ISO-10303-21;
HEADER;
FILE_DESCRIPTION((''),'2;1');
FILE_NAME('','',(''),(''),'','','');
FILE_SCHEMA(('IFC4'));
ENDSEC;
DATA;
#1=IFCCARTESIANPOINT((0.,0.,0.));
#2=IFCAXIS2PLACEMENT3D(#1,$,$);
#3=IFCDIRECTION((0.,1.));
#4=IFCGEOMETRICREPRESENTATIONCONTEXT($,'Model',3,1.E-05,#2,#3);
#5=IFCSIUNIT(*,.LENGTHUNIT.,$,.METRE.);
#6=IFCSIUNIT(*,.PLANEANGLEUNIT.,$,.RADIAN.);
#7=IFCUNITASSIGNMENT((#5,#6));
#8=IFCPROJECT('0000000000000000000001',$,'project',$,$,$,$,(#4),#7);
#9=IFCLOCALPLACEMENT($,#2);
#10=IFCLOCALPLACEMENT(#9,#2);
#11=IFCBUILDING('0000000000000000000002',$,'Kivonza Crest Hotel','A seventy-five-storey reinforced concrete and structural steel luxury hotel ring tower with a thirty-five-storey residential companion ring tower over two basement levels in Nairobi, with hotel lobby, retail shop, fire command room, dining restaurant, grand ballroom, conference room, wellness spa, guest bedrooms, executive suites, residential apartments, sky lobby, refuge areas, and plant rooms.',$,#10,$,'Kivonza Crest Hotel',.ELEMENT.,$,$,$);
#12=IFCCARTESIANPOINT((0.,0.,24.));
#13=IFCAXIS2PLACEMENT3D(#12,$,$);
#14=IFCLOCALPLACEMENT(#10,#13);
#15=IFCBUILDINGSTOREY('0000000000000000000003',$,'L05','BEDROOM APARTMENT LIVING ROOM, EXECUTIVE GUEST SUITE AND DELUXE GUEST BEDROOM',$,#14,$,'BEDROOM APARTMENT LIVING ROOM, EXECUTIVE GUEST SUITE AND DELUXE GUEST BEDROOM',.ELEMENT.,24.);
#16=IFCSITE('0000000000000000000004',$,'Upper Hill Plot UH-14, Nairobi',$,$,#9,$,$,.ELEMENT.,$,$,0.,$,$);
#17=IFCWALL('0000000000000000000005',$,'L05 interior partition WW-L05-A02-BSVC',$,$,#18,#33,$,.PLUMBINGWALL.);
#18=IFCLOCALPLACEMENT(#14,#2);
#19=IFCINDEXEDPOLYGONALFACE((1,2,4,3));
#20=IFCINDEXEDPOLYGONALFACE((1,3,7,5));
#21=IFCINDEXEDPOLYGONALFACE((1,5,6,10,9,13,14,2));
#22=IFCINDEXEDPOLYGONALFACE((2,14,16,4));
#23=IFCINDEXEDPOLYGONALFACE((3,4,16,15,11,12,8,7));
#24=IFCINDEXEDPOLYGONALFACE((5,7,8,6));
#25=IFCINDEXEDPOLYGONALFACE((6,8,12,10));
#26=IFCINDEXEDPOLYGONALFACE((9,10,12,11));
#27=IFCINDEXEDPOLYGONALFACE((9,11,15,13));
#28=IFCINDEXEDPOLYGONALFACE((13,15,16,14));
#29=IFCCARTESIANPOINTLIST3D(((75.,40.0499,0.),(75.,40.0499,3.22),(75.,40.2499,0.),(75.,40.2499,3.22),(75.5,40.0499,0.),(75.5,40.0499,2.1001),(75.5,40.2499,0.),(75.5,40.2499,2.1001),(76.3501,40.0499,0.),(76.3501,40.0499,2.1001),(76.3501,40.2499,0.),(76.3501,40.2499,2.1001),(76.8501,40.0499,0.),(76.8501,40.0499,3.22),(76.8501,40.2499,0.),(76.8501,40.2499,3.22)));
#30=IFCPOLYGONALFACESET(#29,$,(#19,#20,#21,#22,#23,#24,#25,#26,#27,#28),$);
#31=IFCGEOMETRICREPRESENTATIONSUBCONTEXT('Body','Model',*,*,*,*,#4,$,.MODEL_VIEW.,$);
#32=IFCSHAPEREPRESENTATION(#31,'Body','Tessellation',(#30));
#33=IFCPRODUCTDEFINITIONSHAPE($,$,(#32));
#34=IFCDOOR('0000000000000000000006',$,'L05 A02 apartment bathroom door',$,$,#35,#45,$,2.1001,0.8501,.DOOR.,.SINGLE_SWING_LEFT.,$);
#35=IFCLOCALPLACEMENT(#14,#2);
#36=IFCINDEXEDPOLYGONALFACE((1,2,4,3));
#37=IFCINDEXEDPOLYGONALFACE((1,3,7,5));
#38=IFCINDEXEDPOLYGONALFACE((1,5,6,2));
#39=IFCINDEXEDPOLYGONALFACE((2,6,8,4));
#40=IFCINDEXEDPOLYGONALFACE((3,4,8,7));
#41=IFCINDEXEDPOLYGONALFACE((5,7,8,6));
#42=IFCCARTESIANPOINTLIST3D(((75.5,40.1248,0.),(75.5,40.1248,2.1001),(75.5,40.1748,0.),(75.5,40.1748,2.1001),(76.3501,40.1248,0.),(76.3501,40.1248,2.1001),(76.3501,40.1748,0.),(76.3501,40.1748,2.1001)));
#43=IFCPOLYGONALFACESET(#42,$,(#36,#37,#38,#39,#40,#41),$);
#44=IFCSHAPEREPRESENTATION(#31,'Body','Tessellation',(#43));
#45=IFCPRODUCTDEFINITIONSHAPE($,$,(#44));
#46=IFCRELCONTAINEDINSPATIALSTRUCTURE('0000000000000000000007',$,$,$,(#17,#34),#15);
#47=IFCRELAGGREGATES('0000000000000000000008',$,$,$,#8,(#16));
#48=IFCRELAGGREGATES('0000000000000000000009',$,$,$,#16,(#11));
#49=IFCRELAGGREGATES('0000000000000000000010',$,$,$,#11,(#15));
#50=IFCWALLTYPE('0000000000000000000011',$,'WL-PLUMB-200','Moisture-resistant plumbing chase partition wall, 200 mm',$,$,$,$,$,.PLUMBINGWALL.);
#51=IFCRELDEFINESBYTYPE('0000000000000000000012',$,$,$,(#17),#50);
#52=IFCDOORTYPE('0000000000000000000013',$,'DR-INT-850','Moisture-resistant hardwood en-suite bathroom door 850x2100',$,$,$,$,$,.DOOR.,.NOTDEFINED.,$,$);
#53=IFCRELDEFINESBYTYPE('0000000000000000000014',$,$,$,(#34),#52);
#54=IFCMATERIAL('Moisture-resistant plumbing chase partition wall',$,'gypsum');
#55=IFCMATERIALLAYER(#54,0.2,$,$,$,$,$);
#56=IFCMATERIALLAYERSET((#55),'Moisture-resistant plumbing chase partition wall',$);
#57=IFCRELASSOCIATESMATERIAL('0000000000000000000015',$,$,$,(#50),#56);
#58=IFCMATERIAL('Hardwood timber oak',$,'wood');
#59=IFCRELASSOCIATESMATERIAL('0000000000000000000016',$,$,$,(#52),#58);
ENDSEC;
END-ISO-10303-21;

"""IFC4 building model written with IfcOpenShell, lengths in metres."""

from ifc_helpers import new_model, si_unit, direction, frame, frame_2d, origin, place, context, subcontext, project, spatial, rectangle, extrude, material, layer, layer_set, type_object, element, fill, save


model = new_model("IFC4")

# Units and contexts
model_context = context("Model", 3, precision=1e-05, world=origin(), true_north=direction((0.0, 1.0)))
body_context = subcontext(model_context, "Body", "Model", "MODEL_VIEW")
ifc_project = project(units=[si_unit("LENGTHUNIT", "METRE"), si_unit("PLANEANGLEUNIT", "RADIAN")], contexts=[model_context])

# Site, building, storey
site_placement = place(None, origin())
site = spatial("IfcSite", under=ifc_project, at=site_placement, Name="Upper Hill Plot UH-14, Nairobi", CompositionType="ELEMENT", RefElevation=0.0)
building_placement = place(site_placement, origin())
building = spatial("IfcBuilding", under=site, at=building_placement, Name="Kivonza Crest Hotel", Description="A seventy-five-storey reinforced concrete and structural steel luxury hotel ring tower with a thirty-five-storey residential companion ring tower over two basement levels in Nairobi, with hotel lobby, retail shop, fire command room, dining restaurant, grand ballroom, conference room, wellness spa, guest bedrooms, executive suites, residential apartments, sky lobby, refuge areas, and plant rooms.", LongName="Kivonza Crest Hotel", CompositionType="ELEMENT")
storey_placement = place(building_placement, frame((0.0, 0.0, 24.0)))
storey = spatial("IfcBuildingStorey", under=building, at=storey_placement, Name="L05", Description="BEDROOM APARTMENT LIVING ROOM, EXECUTIVE GUEST SUITE AND DELUXE GUEST BEDROOM", LongName="BEDROOM APARTMENT LIVING ROOM, EXECUTIVE GUEST SUITE AND DELUXE GUEST BEDROOM", CompositionType="ELEMENT", Elevation=24.0)

# Shared definitions
ifc_material_1 = material(Name="Hardwood timber oak", Category="wood")

# Shared definitions
ifc_material_2 = material(Name="Moisture-resistant plumbing chase partition wall", Category="gypsum")
ifc_layer_1 = layer(ifc_material_2, 0.2)
ifc_layer_set_1 = layer_set([ifc_layer_1], Name="Moisture-resistant plumbing chase partition wall")
wall_type_1 = type_object("IfcWallType", Name="WL-PLUMB-200", Description="Moisture-resistant plumbing chase partition wall, 200 mm", PredefinedType="PLUMBINGWALL", material=ifc_layer_set_1)

# Wall, opening, door
wall_1_placement = place(storey_placement, frame((75.0, 40.1499, 0.0), z_axis=(0.0, 0.0, 1.0), x_axis=(1.0, 0.0, 0.0)))
wall_1 = element("IfcWall", 1, at=wall_1_placement, inside=storey, type_object=wall_type_1, Name="L05 interior partition WW-L05-A02-BSVC", PredefinedType="PLUMBINGWALL", context=body_context, shape_type="SweptSolid", body=[
    extrude(rectangle(XDim=1.8501, YDim=0.2, at=frame_2d((0.925, 0.0))), origin(), (0.0, 0.0, 1.0), 3.22),
])
opening_1_placement = place(wall_1_placement, frame((0.5, 0.0, 0.0)))
opening_1 = element("IfcOpeningElement", 2, at=opening_1_placement, cuts=wall_1, PredefinedType="OPENING", context=body_context, shape_type="SweptSolid", body=[
    extrude(rectangle(XDim=0.8501, YDim=2.1001, at=frame_2d((0.425, 1.05))), frame((0.0, 0.1099, 0.0), z_axis=(0.0, -1.0, 0.0), x_axis=(1.0, 0.0, 0.0)), (0.0, 0.0, 1.0), 0.22),
])
door_type_1 = type_object("IfcDoorType", Name="DR-INT-850", Description="Moisture-resistant hardwood en-suite bathroom door 850x2100", OperationType="NOTDEFINED", PredefinedType="DOOR", material=ifc_material_1)
door_1_placement = place(opening_1_placement, origin())
door_1 = element("IfcDoor", 3, at=door_1_placement, inside=storey, type_object=door_type_1, Name="L05 A02 apartment bathroom door", OperationType="SINGLE_SWING_LEFT", OverallHeight=2.1001, OverallWidth=0.8501, PredefinedType="DOOR", context=body_context, shape_type="SweptSolid", body=[
    extrude(rectangle(XDim=0.8501, YDim=2.1001, at=frame_2d((0.425, 1.05))), frame((0.0, 0.0249, 0.0), z_axis=(0.0, -1.0, 0.0), x_axis=(1.0, 0.0, 0.0)), (0.0, 0.0, 1.0), 0.05),
])
fill(opening_1, door_1)

save(model, "model.ifc")
